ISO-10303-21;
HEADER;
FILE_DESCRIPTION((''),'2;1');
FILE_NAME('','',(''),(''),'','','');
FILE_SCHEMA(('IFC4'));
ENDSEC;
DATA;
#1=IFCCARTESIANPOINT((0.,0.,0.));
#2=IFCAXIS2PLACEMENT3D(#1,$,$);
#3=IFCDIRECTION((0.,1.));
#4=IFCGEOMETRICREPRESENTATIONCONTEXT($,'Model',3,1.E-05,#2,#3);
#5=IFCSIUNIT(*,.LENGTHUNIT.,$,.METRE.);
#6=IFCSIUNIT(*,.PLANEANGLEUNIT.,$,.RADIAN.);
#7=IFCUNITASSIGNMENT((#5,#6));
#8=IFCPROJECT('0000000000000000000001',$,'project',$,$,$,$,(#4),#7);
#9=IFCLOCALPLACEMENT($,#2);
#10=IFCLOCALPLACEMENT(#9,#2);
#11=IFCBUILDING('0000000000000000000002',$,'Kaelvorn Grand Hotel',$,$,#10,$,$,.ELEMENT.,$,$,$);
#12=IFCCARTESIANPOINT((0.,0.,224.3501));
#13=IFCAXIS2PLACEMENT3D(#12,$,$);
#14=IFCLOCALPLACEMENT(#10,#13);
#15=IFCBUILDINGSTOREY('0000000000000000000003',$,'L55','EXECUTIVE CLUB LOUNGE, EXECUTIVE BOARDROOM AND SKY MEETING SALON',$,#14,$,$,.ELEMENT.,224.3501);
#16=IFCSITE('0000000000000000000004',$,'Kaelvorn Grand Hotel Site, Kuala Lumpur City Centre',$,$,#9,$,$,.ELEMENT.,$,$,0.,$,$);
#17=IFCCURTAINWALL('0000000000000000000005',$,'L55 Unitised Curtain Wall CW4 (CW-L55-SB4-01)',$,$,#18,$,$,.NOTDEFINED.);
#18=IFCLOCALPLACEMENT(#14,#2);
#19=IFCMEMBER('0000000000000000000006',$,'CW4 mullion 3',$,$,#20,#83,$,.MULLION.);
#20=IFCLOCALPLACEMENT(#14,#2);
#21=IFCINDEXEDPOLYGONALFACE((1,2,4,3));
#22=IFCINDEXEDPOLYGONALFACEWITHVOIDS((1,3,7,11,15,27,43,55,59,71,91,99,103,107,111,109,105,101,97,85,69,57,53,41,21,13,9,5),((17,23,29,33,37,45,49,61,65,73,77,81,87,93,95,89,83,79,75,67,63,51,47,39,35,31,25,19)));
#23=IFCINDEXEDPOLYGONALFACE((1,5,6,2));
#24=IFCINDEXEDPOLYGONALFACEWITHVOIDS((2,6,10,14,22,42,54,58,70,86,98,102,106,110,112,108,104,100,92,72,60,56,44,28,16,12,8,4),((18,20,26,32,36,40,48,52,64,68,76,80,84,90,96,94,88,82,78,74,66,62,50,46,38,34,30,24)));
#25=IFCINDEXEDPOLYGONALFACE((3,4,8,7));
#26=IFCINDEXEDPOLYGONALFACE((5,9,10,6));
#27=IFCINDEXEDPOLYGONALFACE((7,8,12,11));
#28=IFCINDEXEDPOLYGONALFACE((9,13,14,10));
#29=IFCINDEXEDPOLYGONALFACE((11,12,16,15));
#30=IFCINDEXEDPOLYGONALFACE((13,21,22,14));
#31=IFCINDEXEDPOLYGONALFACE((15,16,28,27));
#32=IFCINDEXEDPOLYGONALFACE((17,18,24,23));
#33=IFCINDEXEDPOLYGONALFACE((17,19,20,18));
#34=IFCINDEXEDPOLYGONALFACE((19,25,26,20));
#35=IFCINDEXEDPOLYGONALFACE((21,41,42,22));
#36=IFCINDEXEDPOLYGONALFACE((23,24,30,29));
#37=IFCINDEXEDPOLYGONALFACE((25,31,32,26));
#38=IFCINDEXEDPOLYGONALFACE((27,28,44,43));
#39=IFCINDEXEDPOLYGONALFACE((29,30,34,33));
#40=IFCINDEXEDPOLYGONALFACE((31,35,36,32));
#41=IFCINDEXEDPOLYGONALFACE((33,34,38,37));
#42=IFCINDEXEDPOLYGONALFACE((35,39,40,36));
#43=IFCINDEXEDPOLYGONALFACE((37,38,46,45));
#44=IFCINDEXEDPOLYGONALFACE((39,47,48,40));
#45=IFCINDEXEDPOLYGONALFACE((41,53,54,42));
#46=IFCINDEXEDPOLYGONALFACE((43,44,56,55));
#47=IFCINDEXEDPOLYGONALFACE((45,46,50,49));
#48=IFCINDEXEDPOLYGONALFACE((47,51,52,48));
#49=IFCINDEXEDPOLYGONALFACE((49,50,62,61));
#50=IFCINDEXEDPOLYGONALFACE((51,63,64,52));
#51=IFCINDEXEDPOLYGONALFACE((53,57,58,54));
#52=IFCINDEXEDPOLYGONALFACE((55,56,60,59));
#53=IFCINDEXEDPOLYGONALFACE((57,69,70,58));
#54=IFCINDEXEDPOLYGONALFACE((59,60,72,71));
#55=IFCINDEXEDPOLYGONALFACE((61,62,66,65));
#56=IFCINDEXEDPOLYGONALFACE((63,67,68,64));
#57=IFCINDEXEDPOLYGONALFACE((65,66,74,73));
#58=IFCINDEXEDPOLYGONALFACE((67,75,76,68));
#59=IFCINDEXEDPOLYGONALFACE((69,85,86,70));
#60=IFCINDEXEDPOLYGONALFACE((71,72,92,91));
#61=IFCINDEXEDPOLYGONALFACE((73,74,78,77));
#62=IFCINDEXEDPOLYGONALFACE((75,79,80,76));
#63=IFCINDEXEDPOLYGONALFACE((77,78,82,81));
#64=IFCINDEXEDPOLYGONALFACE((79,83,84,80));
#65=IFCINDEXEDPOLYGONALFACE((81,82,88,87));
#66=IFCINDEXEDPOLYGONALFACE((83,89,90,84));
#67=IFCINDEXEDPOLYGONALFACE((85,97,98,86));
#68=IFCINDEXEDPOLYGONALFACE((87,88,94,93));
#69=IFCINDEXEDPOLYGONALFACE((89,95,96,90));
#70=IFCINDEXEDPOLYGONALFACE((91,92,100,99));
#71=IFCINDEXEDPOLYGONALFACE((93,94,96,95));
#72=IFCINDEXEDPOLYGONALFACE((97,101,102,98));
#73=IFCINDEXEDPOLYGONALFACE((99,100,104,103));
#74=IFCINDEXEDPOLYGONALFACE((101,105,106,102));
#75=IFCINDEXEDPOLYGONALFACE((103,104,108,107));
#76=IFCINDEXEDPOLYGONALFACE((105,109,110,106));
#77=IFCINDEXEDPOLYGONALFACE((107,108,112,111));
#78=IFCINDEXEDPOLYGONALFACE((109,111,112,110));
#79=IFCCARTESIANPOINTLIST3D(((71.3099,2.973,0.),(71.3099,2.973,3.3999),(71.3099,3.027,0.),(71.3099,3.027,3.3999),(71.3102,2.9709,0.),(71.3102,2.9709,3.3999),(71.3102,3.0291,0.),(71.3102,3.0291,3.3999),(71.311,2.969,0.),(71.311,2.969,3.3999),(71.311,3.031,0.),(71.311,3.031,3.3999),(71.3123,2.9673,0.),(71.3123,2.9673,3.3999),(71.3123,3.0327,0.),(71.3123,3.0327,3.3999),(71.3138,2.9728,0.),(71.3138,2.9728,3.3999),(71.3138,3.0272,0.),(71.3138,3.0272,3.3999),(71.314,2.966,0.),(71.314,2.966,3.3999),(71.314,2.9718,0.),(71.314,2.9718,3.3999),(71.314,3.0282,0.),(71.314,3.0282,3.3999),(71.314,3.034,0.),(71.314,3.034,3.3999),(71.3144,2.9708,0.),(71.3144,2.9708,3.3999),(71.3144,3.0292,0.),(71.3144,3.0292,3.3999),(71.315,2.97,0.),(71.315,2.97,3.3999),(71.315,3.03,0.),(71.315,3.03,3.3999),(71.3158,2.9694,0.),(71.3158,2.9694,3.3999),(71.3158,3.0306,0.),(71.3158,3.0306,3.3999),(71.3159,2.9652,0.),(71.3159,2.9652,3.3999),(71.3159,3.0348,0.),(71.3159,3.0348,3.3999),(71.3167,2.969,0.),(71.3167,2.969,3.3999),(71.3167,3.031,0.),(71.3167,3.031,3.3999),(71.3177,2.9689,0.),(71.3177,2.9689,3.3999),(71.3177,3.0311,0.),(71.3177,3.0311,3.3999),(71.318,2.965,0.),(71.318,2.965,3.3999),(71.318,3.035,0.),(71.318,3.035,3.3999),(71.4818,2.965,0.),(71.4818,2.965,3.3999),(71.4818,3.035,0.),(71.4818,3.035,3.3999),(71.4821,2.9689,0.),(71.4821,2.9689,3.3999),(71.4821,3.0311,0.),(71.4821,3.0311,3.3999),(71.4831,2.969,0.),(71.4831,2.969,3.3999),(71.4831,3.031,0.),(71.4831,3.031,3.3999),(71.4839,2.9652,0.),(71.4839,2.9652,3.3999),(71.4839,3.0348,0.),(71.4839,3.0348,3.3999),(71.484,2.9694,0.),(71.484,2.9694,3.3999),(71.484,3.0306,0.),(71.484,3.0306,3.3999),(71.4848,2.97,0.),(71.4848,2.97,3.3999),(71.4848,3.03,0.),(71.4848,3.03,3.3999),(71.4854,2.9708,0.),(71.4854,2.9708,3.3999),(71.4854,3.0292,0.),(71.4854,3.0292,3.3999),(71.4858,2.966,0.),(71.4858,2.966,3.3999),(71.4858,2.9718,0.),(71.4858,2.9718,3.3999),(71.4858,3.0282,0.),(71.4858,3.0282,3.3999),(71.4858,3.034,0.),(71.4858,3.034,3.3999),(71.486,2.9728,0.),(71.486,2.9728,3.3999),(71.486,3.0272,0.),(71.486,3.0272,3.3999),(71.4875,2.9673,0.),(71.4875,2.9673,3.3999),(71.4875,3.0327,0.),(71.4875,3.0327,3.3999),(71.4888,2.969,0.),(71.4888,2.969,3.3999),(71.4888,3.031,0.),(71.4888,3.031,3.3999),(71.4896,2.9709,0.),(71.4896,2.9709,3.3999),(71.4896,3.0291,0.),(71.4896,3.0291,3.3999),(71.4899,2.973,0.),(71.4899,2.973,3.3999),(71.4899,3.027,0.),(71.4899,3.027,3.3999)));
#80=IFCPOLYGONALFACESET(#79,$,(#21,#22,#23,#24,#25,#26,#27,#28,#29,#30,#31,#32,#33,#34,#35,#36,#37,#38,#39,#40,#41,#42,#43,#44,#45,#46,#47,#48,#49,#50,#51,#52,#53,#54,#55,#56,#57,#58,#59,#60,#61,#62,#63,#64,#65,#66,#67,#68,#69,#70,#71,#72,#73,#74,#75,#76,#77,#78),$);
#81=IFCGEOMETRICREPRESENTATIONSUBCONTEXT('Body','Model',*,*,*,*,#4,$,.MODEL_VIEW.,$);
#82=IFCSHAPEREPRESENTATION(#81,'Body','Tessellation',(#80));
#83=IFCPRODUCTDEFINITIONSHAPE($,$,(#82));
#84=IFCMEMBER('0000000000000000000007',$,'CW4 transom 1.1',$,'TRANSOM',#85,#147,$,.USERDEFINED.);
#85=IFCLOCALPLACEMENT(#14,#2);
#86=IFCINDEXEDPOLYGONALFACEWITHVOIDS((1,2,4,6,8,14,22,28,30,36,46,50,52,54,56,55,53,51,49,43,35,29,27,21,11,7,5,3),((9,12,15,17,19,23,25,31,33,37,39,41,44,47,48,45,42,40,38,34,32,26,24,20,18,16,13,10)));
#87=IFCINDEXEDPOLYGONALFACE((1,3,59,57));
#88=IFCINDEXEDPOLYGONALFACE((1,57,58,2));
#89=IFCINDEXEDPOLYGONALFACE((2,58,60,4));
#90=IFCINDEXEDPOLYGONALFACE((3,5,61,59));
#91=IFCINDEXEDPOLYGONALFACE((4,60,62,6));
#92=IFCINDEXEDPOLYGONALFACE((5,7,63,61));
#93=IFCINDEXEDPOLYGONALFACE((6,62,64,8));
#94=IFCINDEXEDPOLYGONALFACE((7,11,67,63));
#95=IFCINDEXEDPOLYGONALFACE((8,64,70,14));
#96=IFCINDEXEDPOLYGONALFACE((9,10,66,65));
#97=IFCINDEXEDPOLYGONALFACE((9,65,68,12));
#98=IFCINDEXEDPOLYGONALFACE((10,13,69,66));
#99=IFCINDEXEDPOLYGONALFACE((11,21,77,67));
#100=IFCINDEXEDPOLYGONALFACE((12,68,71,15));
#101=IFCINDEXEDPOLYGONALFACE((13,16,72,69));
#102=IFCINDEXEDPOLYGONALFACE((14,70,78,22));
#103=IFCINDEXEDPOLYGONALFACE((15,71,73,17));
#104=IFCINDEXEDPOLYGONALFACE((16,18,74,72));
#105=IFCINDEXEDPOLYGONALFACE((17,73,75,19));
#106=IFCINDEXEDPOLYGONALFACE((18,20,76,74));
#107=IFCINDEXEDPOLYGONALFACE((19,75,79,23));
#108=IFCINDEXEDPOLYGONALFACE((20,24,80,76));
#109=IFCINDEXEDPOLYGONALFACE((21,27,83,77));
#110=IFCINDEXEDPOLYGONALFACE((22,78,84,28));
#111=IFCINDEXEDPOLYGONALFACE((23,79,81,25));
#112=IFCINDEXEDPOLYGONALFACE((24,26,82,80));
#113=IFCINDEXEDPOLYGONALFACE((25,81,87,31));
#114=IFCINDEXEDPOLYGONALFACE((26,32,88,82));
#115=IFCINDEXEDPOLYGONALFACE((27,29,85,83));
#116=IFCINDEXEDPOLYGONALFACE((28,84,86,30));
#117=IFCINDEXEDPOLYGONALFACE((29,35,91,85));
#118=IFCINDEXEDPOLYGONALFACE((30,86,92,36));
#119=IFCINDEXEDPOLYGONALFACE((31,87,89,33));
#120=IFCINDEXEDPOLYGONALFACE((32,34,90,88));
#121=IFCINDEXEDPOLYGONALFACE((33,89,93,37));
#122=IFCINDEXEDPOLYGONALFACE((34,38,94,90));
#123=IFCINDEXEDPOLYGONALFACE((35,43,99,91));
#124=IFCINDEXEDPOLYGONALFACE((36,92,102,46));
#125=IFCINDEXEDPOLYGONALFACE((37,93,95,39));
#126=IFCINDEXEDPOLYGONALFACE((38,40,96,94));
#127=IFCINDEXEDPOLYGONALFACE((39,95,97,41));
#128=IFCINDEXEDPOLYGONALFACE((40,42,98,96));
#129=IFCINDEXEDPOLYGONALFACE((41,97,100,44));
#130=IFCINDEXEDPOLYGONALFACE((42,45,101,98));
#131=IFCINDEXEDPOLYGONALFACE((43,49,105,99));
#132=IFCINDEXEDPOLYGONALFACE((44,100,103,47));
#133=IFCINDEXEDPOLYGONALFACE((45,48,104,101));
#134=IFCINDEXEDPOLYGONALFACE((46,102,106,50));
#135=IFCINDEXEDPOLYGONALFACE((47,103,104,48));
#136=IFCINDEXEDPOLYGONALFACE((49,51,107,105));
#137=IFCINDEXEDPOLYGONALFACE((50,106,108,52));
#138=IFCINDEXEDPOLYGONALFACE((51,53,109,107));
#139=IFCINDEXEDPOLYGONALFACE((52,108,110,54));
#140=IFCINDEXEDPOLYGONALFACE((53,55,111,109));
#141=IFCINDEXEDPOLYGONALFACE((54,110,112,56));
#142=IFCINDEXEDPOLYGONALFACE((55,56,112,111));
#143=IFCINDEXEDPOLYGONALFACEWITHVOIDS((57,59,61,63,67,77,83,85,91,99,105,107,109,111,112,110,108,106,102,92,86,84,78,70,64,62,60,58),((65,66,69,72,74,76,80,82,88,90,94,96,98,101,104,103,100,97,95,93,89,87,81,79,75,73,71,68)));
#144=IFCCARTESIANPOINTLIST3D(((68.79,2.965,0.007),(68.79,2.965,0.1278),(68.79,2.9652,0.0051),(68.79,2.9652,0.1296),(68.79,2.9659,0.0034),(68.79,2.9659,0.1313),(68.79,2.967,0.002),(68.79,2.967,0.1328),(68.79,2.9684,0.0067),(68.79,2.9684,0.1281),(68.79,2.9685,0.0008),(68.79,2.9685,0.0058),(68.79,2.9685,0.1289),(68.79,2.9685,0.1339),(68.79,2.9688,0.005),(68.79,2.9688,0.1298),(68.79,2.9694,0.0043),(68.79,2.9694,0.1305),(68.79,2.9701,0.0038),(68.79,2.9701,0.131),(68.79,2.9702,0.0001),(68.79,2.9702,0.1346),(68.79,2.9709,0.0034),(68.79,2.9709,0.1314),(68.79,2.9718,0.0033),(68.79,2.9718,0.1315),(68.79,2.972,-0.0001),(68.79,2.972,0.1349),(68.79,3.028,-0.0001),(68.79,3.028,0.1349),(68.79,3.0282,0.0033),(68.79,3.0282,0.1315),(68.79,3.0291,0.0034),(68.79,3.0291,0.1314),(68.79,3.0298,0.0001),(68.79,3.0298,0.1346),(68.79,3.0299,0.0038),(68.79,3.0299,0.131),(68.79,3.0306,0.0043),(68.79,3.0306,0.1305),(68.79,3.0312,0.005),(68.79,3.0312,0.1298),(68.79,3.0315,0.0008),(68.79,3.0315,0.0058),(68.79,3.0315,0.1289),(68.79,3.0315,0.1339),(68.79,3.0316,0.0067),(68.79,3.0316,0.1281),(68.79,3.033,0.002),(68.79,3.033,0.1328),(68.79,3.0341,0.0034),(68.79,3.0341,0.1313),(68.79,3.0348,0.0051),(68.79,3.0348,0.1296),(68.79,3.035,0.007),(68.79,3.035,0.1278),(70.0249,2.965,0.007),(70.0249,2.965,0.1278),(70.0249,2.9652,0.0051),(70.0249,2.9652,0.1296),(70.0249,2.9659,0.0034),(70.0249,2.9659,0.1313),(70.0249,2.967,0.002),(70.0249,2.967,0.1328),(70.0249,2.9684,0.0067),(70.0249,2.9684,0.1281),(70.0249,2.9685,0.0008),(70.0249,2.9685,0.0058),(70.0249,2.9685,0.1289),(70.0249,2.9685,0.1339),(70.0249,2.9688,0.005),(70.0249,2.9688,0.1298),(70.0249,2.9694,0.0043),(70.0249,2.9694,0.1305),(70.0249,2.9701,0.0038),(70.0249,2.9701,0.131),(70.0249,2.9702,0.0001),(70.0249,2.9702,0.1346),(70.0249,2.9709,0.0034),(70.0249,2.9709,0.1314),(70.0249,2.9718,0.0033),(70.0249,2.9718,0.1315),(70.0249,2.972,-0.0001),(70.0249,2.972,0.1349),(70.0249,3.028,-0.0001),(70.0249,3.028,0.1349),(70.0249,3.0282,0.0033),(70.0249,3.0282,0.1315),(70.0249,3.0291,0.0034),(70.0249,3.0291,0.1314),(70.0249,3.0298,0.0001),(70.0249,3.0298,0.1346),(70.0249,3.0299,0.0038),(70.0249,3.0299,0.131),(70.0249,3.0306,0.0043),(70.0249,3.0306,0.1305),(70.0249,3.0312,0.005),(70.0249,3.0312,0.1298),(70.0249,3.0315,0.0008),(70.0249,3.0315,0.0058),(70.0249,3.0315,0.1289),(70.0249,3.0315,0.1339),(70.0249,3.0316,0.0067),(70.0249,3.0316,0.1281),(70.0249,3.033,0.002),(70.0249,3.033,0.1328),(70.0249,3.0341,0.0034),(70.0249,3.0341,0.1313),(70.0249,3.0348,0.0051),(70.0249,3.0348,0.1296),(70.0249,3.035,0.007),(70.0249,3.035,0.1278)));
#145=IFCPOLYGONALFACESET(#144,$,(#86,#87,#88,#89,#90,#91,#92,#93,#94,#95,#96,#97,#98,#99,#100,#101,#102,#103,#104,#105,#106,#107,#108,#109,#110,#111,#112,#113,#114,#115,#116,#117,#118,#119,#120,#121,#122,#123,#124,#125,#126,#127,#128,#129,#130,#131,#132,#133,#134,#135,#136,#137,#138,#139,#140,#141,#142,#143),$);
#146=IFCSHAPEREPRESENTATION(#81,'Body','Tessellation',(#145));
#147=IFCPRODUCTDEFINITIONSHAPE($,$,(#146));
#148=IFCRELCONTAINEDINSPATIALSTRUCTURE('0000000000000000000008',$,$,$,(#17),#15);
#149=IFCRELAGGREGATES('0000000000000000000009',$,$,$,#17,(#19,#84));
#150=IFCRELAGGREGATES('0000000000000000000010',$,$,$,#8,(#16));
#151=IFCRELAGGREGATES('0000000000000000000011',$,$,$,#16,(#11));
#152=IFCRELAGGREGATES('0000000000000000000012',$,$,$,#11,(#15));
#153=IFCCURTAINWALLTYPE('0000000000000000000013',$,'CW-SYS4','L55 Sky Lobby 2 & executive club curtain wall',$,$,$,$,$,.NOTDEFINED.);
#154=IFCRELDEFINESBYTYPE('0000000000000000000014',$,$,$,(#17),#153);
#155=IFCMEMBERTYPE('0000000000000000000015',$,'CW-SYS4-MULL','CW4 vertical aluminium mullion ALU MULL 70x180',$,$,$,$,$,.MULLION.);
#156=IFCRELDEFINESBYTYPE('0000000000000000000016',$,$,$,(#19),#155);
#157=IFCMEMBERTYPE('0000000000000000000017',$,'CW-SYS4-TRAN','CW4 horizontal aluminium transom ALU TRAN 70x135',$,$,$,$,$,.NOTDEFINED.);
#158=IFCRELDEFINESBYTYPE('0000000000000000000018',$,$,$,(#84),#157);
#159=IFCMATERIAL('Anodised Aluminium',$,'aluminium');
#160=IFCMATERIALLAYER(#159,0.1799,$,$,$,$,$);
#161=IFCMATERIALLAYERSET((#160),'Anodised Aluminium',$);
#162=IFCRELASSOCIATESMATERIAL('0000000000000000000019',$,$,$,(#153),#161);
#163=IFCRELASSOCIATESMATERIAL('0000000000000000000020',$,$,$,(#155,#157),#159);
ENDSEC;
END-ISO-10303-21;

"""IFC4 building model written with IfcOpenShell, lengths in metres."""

from ifc_helpers import new_model, si_unit, direction, frame, origin, origin_2d, place, context, subcontext, project, spatial, hollow_rectangle, extrude, material, layer, layer_set, material_profile, profile_set, type_object, element, aggregate, save


model = new_model("IFC4")

# Units and contexts
model_context = context("Model", 3, precision=1e-05, world=origin(), true_north=direction((0.0, 1.0)))
body_context = subcontext(model_context, "Body", "Model", "MODEL_VIEW")
ifc_project = project(units=[si_unit("LENGTHUNIT", "METRE"), si_unit("PLANEANGLEUNIT", "RADIAN")], contexts=[model_context])

# Site, building, storey
site_placement = place(None, origin())
site = spatial("IfcSite", under=ifc_project, at=site_placement, Name="Kaelvorn Grand Hotel Site, Kuala Lumpur City Centre", CompositionType="ELEMENT", RefElevation=0.0)
building_placement = place(site_placement, origin())
building = spatial("IfcBuilding", under=site, at=building_placement, Name="Kaelvorn Grand Hotel", CompositionType="ELEMENT")
storey_placement = place(building_placement, frame((0.0, 0.0, 224.3501)))
storey = spatial("IfcBuildingStorey", under=building, at=storey_placement, Name="L55", Description="EXECUTIVE CLUB LOUNGE, EXECUTIVE BOARDROOM AND SKY MEETING SALON", CompositionType="ELEMENT", Elevation=224.3501)

# Curtain wall, members
ifc_material_1 = material(Name="Anodised Aluminium", Category="aluminium")
ifc_layer_1 = layer(ifc_material_1, 0.1799)
ifc_layer_set_1 = layer_set([ifc_layer_1], Name="Anodised Aluminium")
curtain_wall_type = type_object("IfcCurtainWallType", Name="CW-SYS4", Description="L55 Sky Lobby 2 & executive club curtain wall", PredefinedType="NOTDEFINED", material=ifc_layer_set_1)
curtain_wall_placement = place(storey_placement, origin())
curtain_wall = element("IfcCurtainWall", 1, at=curtain_wall_placement, inside=storey, type_object=curtain_wall_type, Name="L55 Unitised Curtain Wall CW4 (CW-L55-SB4-01)", PredefinedType="NOTDEFINED")
ifc_material_profile_1 = material_profile(ifc_material_1, hollow_rectangle(XDim=0.0701, YDim=0.1799, WallThickness=0.0039, InnerFilletRadius=0.0039, OuterFilletRadius=0.0081, at=origin_2d()), Name="ALU MULL 70x180")
ifc_profile_set_1 = profile_set([ifc_material_profile_1], Name="Anodised Aluminium")
member_type_1 = type_object("IfcMemberType", Name="CW-SYS4-MULL", Description="CW4 vertical aluminium mullion ALU MULL 70x180", PredefinedType="MULLION", material=ifc_profile_set_1)
member_1_placement = place(storey_placement, frame((71.3999, 3.0, 0.0), z_axis=(0.0, 0.0, 1.0), x_axis=(0.0, 1.0, 0.0)))
member_1 = element("IfcMember", 2, at=member_1_placement, type_object=member_type_1, Name="CW4 mullion 3", PredefinedType="MULLION", context=body_context, shape_type="SweptSolid", body=[
    extrude(hollow_rectangle(XDim=0.0701, YDim=0.1799, WallThickness=0.0039, InnerFilletRadius=0.0039, OuterFilletRadius=0.0081, at=origin_2d()), origin(), (0.0, 0.0, 1.0), 3.3999),
])
ifc_material_profile_2 = material_profile(ifc_material_1, hollow_rectangle(XDim=0.0701, YDim=0.135, WallThickness=0.0034, InnerFilletRadius=0.0034, OuterFilletRadius=0.0071, at=origin_2d()), Name="ALU TRAN 70x135")
ifc_profile_set_2 = profile_set([ifc_material_profile_2], Name="Anodised Aluminium")
member_type_2 = type_object("IfcMemberType", Name="CW-SYS4-TRAN", Description="CW4 horizontal aluminium transom ALU TRAN 70x135", PredefinedType="NOTDEFINED", material=ifc_profile_set_2)
member_2_placement = place(storey_placement, frame((68.79, 3.0, 0.0674), z_axis=(1.0, 0.0, 0.0), x_axis=(0.0, 1.0, 0.0)))
member_2 = element("IfcMember", 3, at=member_2_placement, type_object=member_type_2, Name="CW4 transom 1.1", ObjectType="TRANSOM", PredefinedType="USERDEFINED", context=body_context, shape_type="SweptSolid", body=[
    extrude(hollow_rectangle(XDim=0.0701, YDim=0.135, WallThickness=0.0034, InnerFilletRadius=0.0034, OuterFilletRadius=0.0071, at=origin_2d()), origin(), (0.0, 0.0, 1.0), 1.2349),
])
aggregate(curtain_wall, [member_1, member_2])

save(model, "model.ifc")
